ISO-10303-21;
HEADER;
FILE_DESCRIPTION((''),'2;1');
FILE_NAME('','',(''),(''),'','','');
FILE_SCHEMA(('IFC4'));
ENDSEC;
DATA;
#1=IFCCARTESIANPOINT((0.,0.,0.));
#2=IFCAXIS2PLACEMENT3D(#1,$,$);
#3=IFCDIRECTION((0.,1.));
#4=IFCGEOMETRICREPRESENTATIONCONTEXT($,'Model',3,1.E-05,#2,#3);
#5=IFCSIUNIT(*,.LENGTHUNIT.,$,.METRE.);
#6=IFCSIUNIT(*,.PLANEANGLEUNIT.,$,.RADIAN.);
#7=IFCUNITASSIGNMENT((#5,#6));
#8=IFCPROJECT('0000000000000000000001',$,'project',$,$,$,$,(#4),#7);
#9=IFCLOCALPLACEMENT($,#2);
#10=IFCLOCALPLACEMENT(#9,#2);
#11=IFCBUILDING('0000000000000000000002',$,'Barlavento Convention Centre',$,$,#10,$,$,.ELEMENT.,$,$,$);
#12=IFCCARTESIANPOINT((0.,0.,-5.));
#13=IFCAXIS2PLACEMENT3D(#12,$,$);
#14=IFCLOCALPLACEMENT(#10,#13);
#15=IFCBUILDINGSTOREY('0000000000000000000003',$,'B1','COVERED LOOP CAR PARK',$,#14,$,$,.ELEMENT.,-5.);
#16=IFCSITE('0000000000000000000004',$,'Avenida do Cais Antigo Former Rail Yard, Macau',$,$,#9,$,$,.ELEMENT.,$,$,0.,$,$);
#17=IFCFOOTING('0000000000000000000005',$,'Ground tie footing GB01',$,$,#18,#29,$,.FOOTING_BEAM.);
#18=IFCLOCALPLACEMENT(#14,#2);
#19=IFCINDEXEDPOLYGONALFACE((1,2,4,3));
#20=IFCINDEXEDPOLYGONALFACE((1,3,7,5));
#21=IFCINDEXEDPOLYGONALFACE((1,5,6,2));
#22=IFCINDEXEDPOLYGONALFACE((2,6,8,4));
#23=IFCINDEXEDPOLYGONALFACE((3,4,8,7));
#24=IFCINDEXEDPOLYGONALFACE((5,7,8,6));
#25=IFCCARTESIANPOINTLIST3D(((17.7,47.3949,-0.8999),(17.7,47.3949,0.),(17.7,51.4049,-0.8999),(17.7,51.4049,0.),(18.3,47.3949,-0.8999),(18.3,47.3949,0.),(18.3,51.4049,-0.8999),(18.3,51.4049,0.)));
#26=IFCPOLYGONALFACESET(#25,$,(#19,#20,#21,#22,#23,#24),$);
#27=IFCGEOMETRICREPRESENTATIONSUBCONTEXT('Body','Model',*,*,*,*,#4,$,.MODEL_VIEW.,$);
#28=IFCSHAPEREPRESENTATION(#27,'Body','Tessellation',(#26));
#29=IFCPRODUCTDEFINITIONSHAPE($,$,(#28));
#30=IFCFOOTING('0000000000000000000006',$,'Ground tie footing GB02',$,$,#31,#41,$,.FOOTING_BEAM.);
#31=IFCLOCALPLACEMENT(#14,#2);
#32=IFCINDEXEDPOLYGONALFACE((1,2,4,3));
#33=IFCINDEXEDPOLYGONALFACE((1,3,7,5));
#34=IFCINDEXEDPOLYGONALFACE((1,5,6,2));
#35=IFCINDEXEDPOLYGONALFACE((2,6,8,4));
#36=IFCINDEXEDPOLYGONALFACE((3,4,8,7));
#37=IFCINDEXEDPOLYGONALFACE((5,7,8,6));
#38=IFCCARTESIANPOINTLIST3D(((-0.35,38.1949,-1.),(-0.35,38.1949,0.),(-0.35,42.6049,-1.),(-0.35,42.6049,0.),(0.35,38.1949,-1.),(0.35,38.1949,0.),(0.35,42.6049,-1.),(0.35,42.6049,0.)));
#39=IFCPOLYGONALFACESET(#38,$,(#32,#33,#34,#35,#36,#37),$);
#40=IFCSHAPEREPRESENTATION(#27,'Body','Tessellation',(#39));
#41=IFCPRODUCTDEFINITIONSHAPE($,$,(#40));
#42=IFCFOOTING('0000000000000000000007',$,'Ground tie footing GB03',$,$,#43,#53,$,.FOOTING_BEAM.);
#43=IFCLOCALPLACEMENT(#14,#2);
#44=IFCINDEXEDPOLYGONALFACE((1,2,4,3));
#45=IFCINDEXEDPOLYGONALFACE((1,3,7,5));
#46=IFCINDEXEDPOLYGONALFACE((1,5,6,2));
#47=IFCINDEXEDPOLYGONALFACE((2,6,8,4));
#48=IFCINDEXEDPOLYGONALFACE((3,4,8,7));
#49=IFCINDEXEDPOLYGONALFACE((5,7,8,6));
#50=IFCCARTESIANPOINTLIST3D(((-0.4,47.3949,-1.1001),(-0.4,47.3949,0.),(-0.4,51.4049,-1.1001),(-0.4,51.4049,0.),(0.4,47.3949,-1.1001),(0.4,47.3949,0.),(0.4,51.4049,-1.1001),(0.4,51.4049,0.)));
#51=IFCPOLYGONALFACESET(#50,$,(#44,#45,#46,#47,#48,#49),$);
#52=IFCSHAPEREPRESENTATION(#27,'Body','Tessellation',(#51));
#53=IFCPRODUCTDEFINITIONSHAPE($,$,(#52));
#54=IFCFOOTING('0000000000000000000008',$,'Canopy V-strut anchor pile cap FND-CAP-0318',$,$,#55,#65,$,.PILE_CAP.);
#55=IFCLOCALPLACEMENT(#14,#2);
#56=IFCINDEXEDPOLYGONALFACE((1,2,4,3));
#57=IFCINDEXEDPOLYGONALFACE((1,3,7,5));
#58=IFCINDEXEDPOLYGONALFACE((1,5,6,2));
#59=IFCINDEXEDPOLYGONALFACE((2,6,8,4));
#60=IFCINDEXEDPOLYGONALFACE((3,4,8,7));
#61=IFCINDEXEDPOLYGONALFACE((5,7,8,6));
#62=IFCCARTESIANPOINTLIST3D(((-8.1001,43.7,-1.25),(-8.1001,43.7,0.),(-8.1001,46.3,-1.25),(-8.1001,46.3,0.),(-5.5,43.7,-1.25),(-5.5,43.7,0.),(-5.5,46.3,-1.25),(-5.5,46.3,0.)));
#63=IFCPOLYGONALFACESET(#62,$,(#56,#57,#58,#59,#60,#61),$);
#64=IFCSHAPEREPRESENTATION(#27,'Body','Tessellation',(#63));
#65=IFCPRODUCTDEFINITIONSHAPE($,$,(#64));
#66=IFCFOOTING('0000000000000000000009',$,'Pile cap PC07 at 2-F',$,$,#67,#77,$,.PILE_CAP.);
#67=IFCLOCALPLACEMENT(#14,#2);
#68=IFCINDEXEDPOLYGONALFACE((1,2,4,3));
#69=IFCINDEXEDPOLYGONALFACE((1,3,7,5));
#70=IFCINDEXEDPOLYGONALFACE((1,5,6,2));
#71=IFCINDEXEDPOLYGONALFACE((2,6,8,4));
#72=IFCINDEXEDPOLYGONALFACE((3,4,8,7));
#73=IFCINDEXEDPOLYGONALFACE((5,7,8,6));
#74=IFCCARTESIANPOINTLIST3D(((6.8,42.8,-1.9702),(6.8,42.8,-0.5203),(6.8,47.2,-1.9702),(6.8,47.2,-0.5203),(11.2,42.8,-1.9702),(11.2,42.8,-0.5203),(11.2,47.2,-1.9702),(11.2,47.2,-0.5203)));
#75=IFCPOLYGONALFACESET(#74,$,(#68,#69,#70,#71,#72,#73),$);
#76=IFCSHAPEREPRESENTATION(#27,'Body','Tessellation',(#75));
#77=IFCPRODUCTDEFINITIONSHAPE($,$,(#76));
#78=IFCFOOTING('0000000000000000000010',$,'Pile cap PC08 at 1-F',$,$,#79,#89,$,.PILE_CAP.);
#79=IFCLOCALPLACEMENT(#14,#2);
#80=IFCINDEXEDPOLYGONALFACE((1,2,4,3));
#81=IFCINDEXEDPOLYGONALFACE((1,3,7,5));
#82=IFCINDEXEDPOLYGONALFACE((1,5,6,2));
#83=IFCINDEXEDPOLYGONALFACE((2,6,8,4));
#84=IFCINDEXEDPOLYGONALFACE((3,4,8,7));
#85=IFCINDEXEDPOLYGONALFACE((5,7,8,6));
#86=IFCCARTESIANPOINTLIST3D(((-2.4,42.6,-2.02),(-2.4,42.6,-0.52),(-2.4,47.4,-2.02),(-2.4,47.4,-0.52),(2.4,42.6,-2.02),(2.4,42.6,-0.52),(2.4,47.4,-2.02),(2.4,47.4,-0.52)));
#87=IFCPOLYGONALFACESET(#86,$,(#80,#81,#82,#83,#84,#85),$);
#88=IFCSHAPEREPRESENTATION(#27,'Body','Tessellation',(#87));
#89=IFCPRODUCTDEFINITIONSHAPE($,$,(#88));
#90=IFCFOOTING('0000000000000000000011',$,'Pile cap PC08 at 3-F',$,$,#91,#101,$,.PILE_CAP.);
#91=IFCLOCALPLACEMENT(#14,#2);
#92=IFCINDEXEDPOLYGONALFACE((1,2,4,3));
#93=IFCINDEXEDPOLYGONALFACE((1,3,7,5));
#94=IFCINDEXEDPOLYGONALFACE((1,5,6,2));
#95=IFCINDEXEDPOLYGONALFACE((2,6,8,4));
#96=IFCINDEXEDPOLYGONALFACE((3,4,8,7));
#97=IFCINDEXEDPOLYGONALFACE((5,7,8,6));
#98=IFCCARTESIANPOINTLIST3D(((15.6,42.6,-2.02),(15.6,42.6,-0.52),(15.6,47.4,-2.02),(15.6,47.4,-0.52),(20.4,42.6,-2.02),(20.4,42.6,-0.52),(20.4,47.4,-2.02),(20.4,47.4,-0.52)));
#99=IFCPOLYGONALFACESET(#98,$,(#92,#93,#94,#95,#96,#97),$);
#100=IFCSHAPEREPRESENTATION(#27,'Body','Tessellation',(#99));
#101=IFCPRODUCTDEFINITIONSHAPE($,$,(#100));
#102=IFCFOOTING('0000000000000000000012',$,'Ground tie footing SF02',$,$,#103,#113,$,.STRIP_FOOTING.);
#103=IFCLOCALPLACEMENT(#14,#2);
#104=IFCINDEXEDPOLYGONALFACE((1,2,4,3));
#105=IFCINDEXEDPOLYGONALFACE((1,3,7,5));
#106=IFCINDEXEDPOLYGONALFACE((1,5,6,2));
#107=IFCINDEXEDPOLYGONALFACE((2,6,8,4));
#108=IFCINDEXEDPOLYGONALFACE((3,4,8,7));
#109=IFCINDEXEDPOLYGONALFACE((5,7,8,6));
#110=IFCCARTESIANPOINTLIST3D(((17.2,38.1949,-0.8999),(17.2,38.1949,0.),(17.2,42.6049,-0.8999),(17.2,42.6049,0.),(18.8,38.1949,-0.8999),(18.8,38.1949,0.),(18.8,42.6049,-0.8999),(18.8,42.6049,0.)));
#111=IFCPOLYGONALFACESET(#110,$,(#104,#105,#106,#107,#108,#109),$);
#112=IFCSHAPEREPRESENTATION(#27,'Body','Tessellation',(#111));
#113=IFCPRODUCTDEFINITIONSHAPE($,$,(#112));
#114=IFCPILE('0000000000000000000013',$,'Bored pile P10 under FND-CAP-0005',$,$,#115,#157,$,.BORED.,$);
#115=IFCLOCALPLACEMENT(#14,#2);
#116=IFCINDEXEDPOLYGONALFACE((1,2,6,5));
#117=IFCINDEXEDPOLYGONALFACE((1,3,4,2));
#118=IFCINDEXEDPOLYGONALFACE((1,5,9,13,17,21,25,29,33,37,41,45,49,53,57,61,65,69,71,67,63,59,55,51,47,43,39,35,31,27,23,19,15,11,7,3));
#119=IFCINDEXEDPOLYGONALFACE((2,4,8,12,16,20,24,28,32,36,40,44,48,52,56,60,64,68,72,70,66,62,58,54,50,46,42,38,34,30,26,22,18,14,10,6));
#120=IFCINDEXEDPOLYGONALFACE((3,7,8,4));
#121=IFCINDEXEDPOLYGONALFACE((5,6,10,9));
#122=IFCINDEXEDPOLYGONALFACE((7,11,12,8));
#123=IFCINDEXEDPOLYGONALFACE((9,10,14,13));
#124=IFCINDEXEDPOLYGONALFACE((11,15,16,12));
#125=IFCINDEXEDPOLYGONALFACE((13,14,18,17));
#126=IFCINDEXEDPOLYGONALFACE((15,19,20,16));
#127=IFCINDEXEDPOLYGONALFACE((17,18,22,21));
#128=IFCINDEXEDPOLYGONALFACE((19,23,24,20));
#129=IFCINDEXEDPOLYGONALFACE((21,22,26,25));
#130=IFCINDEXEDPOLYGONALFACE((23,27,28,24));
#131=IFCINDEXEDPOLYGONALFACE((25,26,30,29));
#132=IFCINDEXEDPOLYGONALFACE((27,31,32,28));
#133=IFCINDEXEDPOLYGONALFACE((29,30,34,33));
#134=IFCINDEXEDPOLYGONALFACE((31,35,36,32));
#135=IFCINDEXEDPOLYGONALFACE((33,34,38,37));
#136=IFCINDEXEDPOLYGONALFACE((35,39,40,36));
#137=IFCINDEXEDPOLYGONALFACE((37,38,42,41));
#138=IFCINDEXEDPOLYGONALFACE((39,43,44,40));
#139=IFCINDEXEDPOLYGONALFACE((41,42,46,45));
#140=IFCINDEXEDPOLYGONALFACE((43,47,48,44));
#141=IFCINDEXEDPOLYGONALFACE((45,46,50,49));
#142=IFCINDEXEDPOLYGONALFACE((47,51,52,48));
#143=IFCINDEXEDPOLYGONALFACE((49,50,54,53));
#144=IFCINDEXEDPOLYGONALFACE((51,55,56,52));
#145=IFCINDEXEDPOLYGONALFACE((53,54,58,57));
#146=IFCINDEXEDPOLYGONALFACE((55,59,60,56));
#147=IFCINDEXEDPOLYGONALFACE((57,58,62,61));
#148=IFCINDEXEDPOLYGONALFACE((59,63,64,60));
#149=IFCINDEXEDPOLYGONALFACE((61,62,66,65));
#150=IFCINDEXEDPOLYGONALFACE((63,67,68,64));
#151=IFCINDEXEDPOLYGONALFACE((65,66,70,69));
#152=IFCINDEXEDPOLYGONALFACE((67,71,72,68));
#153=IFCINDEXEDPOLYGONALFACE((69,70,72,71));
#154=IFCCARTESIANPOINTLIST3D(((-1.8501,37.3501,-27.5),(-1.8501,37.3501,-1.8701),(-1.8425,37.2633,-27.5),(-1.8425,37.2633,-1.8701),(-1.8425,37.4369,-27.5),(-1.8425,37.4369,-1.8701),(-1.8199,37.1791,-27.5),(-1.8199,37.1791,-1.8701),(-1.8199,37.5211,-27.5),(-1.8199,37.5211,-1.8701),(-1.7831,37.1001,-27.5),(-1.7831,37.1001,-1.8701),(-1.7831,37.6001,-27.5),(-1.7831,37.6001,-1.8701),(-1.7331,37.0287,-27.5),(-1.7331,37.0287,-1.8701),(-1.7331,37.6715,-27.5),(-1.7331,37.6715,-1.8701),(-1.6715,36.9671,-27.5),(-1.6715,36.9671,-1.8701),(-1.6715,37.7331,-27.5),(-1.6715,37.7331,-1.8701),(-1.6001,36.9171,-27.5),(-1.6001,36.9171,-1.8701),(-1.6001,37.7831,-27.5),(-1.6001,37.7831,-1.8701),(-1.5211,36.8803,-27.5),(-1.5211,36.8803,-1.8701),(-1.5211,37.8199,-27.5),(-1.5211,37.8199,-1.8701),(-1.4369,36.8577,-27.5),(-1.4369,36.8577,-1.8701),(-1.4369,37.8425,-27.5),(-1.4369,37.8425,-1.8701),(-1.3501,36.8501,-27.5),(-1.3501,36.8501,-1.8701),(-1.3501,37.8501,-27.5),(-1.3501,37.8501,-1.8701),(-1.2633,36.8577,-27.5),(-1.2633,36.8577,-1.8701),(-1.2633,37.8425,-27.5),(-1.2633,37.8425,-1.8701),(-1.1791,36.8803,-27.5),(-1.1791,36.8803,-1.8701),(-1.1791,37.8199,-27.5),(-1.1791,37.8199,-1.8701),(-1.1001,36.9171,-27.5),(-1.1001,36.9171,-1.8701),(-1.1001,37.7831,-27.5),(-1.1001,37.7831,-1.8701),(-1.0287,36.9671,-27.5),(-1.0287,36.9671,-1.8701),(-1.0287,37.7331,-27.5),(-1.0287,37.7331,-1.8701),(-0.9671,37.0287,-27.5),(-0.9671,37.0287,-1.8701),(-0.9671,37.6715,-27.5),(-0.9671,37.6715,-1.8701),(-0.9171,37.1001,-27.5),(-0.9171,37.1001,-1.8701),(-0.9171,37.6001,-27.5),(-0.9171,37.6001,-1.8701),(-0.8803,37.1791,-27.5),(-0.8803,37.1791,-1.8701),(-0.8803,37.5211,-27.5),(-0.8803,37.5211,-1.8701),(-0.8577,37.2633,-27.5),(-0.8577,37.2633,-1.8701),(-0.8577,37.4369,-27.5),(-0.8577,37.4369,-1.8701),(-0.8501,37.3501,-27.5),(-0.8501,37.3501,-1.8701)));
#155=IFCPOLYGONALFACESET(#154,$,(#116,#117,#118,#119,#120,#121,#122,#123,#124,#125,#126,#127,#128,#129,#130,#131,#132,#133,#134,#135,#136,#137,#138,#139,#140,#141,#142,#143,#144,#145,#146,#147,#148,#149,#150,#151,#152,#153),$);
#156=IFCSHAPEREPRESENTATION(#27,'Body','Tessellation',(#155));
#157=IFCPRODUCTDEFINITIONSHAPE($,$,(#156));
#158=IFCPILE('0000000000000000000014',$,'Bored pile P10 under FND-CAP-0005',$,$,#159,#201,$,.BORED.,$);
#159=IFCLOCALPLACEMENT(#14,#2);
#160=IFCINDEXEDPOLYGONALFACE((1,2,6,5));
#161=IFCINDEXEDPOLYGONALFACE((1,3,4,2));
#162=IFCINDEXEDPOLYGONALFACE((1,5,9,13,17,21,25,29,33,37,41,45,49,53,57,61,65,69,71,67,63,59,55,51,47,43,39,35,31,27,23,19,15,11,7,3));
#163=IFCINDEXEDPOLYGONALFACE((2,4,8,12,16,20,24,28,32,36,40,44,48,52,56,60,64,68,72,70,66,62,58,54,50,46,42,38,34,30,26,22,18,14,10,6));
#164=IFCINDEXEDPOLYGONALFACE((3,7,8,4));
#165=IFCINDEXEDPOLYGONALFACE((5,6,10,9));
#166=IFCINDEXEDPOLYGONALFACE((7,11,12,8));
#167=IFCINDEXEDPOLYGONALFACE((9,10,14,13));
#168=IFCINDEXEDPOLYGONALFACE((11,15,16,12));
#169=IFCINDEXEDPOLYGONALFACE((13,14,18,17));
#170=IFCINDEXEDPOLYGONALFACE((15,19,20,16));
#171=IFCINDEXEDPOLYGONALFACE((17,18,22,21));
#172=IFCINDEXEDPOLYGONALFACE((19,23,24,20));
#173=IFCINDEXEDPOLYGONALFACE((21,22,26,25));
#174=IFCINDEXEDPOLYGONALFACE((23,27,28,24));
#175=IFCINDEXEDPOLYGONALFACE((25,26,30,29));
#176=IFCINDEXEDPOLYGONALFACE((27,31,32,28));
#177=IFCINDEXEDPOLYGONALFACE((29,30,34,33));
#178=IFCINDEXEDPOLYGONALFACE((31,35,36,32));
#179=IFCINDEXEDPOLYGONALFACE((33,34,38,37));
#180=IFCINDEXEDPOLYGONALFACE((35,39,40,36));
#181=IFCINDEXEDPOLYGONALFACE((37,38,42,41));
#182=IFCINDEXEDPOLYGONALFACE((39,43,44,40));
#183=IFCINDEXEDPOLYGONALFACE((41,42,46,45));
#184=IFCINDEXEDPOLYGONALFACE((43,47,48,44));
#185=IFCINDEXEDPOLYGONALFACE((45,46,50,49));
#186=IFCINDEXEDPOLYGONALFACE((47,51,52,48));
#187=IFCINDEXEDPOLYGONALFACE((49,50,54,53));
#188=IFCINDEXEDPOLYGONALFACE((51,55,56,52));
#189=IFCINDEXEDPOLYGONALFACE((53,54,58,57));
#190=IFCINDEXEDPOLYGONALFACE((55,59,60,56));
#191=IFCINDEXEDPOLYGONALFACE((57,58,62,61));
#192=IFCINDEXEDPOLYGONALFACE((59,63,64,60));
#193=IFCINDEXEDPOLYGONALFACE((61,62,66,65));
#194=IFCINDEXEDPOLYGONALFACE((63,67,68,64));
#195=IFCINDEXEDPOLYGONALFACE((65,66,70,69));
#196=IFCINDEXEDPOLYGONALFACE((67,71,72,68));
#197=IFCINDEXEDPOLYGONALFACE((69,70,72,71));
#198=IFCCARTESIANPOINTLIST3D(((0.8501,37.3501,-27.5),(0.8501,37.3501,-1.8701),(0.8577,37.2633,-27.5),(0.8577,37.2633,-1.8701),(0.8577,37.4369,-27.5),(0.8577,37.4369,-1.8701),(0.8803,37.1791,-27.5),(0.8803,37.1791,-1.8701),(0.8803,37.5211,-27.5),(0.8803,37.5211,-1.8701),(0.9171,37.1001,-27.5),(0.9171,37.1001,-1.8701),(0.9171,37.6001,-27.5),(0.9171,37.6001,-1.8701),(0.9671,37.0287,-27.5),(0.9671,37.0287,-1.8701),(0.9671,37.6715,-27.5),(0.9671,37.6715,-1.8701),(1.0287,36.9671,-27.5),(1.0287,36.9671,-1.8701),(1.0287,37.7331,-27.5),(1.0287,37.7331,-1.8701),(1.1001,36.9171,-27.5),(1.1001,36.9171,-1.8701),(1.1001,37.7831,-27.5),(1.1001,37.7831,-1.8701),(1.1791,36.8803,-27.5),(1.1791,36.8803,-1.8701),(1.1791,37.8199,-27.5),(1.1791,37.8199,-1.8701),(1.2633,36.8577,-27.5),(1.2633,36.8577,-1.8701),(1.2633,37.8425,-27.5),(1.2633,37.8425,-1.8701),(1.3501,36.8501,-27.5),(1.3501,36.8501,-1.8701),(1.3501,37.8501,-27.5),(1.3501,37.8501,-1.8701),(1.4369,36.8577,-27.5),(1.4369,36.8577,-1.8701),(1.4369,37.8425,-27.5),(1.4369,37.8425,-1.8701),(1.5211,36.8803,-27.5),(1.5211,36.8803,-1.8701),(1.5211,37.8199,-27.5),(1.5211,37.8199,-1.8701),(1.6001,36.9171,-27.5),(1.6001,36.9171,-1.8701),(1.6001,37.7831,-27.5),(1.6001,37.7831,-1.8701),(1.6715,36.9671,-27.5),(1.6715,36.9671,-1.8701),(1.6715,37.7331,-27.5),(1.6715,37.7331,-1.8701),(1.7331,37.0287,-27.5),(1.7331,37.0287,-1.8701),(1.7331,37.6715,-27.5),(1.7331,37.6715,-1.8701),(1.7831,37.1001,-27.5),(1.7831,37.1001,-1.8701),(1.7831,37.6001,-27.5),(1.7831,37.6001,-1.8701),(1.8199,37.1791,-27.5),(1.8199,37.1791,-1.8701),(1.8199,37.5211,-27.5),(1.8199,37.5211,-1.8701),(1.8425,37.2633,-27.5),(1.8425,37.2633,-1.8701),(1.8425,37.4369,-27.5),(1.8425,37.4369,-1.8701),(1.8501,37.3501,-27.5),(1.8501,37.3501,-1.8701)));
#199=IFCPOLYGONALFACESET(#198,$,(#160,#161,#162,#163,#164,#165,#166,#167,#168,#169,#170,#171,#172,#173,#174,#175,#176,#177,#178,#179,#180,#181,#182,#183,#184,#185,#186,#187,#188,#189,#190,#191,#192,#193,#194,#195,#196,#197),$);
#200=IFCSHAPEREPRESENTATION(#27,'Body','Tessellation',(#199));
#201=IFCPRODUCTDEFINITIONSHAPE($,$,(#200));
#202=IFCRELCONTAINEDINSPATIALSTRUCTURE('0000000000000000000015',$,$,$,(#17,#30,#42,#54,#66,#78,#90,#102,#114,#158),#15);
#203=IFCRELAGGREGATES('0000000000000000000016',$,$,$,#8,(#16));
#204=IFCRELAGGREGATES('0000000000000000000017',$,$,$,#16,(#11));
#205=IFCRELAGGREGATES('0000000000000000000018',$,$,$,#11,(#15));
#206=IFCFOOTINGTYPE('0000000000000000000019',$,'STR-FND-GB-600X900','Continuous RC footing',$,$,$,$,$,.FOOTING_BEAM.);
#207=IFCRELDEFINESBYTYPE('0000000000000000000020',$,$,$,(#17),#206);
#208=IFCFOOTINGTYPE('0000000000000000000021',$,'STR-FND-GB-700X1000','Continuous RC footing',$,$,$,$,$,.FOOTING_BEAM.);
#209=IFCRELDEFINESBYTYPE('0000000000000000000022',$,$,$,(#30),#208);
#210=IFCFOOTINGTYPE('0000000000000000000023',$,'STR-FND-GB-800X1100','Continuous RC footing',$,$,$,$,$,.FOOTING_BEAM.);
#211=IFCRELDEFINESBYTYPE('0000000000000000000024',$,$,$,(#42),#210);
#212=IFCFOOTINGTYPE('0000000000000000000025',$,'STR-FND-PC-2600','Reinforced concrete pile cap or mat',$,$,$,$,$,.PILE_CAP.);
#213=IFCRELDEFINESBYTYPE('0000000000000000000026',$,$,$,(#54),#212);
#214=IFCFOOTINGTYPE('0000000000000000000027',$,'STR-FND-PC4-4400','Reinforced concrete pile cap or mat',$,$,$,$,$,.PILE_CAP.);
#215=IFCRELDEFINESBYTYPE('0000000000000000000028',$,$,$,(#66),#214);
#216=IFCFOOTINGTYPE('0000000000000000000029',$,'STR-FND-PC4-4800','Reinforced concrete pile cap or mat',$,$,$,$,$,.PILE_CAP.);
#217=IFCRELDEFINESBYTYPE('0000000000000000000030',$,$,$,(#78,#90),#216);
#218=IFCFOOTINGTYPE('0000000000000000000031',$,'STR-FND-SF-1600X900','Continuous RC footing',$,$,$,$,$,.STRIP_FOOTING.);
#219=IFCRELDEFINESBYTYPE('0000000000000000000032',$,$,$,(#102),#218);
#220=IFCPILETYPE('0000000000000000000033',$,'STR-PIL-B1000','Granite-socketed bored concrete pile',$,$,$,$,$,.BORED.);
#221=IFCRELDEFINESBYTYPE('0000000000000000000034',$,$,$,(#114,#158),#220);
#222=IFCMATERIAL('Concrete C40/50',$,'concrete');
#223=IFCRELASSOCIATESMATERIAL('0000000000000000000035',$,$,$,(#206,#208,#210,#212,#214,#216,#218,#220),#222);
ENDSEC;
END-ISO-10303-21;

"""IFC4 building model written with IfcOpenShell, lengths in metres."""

from ifc_helpers import new_model, si_unit, direction, frame, origin, origin_2d, place, context, subcontext, project, spatial, rectangle, circle, extrude, material, material_profile, profile_set, type_object, element, save


model = new_model("IFC4")

# Units and contexts
model_context = context("Model", 3, precision=1e-05, world=origin(), true_north=direction((0.0, 1.0)))
body_context = subcontext(model_context, "Body", "Model", "MODEL_VIEW")
ifc_project = project(units=[si_unit("LENGTHUNIT", "METRE"), si_unit("PLANEANGLEUNIT", "RADIAN")], contexts=[model_context])

# Site, building, storey
site_placement = place(None, origin())
site = spatial("IfcSite", under=ifc_project, at=site_placement, Name="Avenida do Cais Antigo Former Rail Yard, Macau", CompositionType="ELEMENT", RefElevation=0.0)
building_placement = place(site_placement, origin())
building = spatial("IfcBuilding", under=site, at=building_placement, Name="Barlavento Convention Centre", CompositionType="ELEMENT")
storey_placement = place(building_placement, frame((0.0, 0.0, -5.0)))
storey = spatial("IfcBuildingStorey", under=building, at=storey_placement, Name="B1", Description="COVERED LOOP CAR PARK", CompositionType="ELEMENT", Elevation=-5.0)

# Footings
ifc_material_1 = material(Name="Concrete C40/50", Category="concrete")
footing_type_1 = type_object("IfcFootingType", Name="STR-FND-GB-600X900", Description="Continuous RC footing", PredefinedType="FOOTING_BEAM", material=ifc_material_1)
footing_1_placement = place(storey_placement, frame((18.0, 49.3999, -0.8999), z_axis=(0.0, 0.0, 1.0), x_axis=(1.0, 0.0, 0.0)))
element("IfcFooting", 1, at=footing_1_placement, inside=storey, type_object=footing_type_1, Name="Ground tie footing GB01", PredefinedType="FOOTING_BEAM", context=body_context, shape_type="SweptSolid", body=[
    extrude(rectangle(XDim=0.6001, YDim=4.01, at=origin_2d()), origin(), (0.0, 0.0, 1.0), 0.8999),
])
footing_type_2 = type_object("IfcFootingType", Name="STR-FND-GB-700X1000", Description="Continuous RC footing", PredefinedType="FOOTING_BEAM", material=ifc_material_1)
footing_2_placement = place(storey_placement, frame((0.0, 40.3999, -1.0), z_axis=(0.0, 0.0, 1.0), x_axis=(1.0, 0.0, 0.0)))
element("IfcFooting", 2, at=footing_2_placement, inside=storey, type_object=footing_type_2, Name="Ground tie footing GB02", PredefinedType="FOOTING_BEAM", context=body_context, shape_type="SweptSolid", body=[
    extrude(rectangle(XDim=0.7, YDim=4.4099, at=origin_2d()), origin(), (0.0, 0.0, 1.0), 1.0),
])
footing_type_3 = type_object("IfcFootingType", Name="STR-FND-GB-800X1100", Description="Continuous RC footing", PredefinedType="FOOTING_BEAM", material=ifc_material_1)
footing_3_placement = place(storey_placement, frame((0.0, 49.3999, -1.1001), z_axis=(0.0, 0.0, 1.0), x_axis=(1.0, 0.0, 0.0)))
element("IfcFooting", 3, at=footing_3_placement, inside=storey, type_object=footing_type_3, Name="Ground tie footing GB03", PredefinedType="FOOTING_BEAM", context=body_context, shape_type="SweptSolid", body=[
    extrude(rectangle(XDim=0.8, YDim=4.01, at=origin_2d()), origin(), (0.0, 0.0, 1.0), 1.1001),
])
footing_type_4 = type_object("IfcFootingType", Name="STR-FND-PC-2600", Description="Reinforced concrete pile cap or mat", PredefinedType="PILE_CAP", material=ifc_material_1)
footing_4_placement = place(storey_placement, frame((-6.8, 45.0, -1.25), z_axis=(0.0, 0.0, 1.0), x_axis=(1.0, 0.0, 0.0)))
element("IfcFooting", 4, at=footing_4_placement, inside=storey, type_object=footing_type_4, Name="Canopy V-strut anchor pile cap FND-CAP-0318", PredefinedType="PILE_CAP", context=body_context, shape_type="SweptSolid", body=[
    extrude(rectangle(XDim=2.6001, YDim=2.6001, at=origin_2d()), origin(), (0.0, 0.0, 1.0), 1.25),
])
footing_type_5 = type_object("IfcFootingType", Name="STR-FND-PC4-4400", Description="Reinforced concrete pile cap or mat", PredefinedType="PILE_CAP", material=ifc_material_1)
footing_5_placement = place(storey_placement, frame((9.0, 45.0, -1.9702), z_axis=(0.0, 0.0, 1.0), x_axis=(1.0, 0.0, 0.0)))
element("IfcFooting", 5, at=footing_5_placement, inside=storey, type_object=footing_type_5, Name="Pile cap PC07 at 2-F", PredefinedType="PILE_CAP", context=body_context, shape_type="SweptSolid", body=[
    extrude(rectangle(XDim=4.3999, YDim=4.3999, at=origin_2d()), origin(), (0.0, 0.0, 1.0), 1.45),
])
footing_type_6 = type_object("IfcFootingType", Name="STR-FND-PC4-4800", Description="Reinforced concrete pile cap or mat", PredefinedType="PILE_CAP", material=ifc_material_1)
for number, where, z_axis, x_axis, name in (
    (6, (0.0, 45.0, -2.02), (0.0, 0.0, 1.0), (1.0, 0.0, 0.0), "Pile cap PC08 at 1-F"),
    (7, (18.0, 45.0, -2.02), (0.0, 0.0, 1.0), (1.0, 0.0, 0.0), "Pile cap PC08 at 3-F"),
):
    element("IfcFooting", number, at=place(storey_placement, frame(where, z_axis=z_axis, x_axis=x_axis)), inside=storey, type_object=footing_type_6, Name=name, PredefinedType="PILE_CAP", context=body_context, shape_type="SweptSolid", body=[
        extrude(rectangle(XDim=4.8, YDim=4.8, at=origin_2d()), origin(), (0.0, 0.0, 1.0), 1.5),
    ])
footing_type_7 = type_object("IfcFootingType", Name="STR-FND-SF-1600X900", Description="Continuous RC footing", PredefinedType="STRIP_FOOTING", material=ifc_material_1)
footing_6_placement = place(storey_placement, frame((18.0, 40.3999, -0.8999), z_axis=(0.0, 0.0, 1.0), x_axis=(1.0, 0.0, 0.0)))
element("IfcFooting", 8, at=footing_6_placement, inside=storey, type_object=footing_type_7, Name="Ground tie footing SF02", PredefinedType="STRIP_FOOTING", context=body_context, shape_type="SweptSolid", body=[
    extrude(rectangle(XDim=1.6001, YDim=4.4099, at=origin_2d()), origin(), (0.0, 0.0, 1.0), 0.8999),
])

# Piles
ifc_material_profile_1 = material_profile(ifc_material_1, circle(Radius=0.5, at=origin_2d()), Name="BORED PILE 1000")
ifc_profile_set_1 = profile_set([ifc_material_profile_1], Name="Concrete C40/50")
pile_type_1 = type_object("IfcPileType", Name="STR-PIL-B1000", Description="Granite-socketed bored concrete pile", PredefinedType="BORED", material=ifc_profile_set_1)
for number, where, z_axis, x_axis, name in (
    (9, (-1.3501, 37.3501, -1.8701), (0.0, 0.0, -1.0), (1.0, 0.0, 0.0), "Bored pile P10 under FND-CAP-0005"),
    (10, (1.3501, 37.3501, -1.8701), (0.0, 0.0, -1.0), (1.0, 0.0, 0.0), "Bored pile P10 under FND-CAP-0005"),
):
    element("IfcPile", number, at=place(storey_placement, frame(where, z_axis=z_axis, x_axis=x_axis)), inside=storey, type_object=pile_type_1, Name=name, PredefinedType="BORED", context=body_context, shape_type="SweptSolid", body=[
        extrude(circle(Radius=0.5, at=origin_2d()), origin(), (0.0, 0.0, 1.0), 25.6299),
    ])

save(model, "model.ifc")
